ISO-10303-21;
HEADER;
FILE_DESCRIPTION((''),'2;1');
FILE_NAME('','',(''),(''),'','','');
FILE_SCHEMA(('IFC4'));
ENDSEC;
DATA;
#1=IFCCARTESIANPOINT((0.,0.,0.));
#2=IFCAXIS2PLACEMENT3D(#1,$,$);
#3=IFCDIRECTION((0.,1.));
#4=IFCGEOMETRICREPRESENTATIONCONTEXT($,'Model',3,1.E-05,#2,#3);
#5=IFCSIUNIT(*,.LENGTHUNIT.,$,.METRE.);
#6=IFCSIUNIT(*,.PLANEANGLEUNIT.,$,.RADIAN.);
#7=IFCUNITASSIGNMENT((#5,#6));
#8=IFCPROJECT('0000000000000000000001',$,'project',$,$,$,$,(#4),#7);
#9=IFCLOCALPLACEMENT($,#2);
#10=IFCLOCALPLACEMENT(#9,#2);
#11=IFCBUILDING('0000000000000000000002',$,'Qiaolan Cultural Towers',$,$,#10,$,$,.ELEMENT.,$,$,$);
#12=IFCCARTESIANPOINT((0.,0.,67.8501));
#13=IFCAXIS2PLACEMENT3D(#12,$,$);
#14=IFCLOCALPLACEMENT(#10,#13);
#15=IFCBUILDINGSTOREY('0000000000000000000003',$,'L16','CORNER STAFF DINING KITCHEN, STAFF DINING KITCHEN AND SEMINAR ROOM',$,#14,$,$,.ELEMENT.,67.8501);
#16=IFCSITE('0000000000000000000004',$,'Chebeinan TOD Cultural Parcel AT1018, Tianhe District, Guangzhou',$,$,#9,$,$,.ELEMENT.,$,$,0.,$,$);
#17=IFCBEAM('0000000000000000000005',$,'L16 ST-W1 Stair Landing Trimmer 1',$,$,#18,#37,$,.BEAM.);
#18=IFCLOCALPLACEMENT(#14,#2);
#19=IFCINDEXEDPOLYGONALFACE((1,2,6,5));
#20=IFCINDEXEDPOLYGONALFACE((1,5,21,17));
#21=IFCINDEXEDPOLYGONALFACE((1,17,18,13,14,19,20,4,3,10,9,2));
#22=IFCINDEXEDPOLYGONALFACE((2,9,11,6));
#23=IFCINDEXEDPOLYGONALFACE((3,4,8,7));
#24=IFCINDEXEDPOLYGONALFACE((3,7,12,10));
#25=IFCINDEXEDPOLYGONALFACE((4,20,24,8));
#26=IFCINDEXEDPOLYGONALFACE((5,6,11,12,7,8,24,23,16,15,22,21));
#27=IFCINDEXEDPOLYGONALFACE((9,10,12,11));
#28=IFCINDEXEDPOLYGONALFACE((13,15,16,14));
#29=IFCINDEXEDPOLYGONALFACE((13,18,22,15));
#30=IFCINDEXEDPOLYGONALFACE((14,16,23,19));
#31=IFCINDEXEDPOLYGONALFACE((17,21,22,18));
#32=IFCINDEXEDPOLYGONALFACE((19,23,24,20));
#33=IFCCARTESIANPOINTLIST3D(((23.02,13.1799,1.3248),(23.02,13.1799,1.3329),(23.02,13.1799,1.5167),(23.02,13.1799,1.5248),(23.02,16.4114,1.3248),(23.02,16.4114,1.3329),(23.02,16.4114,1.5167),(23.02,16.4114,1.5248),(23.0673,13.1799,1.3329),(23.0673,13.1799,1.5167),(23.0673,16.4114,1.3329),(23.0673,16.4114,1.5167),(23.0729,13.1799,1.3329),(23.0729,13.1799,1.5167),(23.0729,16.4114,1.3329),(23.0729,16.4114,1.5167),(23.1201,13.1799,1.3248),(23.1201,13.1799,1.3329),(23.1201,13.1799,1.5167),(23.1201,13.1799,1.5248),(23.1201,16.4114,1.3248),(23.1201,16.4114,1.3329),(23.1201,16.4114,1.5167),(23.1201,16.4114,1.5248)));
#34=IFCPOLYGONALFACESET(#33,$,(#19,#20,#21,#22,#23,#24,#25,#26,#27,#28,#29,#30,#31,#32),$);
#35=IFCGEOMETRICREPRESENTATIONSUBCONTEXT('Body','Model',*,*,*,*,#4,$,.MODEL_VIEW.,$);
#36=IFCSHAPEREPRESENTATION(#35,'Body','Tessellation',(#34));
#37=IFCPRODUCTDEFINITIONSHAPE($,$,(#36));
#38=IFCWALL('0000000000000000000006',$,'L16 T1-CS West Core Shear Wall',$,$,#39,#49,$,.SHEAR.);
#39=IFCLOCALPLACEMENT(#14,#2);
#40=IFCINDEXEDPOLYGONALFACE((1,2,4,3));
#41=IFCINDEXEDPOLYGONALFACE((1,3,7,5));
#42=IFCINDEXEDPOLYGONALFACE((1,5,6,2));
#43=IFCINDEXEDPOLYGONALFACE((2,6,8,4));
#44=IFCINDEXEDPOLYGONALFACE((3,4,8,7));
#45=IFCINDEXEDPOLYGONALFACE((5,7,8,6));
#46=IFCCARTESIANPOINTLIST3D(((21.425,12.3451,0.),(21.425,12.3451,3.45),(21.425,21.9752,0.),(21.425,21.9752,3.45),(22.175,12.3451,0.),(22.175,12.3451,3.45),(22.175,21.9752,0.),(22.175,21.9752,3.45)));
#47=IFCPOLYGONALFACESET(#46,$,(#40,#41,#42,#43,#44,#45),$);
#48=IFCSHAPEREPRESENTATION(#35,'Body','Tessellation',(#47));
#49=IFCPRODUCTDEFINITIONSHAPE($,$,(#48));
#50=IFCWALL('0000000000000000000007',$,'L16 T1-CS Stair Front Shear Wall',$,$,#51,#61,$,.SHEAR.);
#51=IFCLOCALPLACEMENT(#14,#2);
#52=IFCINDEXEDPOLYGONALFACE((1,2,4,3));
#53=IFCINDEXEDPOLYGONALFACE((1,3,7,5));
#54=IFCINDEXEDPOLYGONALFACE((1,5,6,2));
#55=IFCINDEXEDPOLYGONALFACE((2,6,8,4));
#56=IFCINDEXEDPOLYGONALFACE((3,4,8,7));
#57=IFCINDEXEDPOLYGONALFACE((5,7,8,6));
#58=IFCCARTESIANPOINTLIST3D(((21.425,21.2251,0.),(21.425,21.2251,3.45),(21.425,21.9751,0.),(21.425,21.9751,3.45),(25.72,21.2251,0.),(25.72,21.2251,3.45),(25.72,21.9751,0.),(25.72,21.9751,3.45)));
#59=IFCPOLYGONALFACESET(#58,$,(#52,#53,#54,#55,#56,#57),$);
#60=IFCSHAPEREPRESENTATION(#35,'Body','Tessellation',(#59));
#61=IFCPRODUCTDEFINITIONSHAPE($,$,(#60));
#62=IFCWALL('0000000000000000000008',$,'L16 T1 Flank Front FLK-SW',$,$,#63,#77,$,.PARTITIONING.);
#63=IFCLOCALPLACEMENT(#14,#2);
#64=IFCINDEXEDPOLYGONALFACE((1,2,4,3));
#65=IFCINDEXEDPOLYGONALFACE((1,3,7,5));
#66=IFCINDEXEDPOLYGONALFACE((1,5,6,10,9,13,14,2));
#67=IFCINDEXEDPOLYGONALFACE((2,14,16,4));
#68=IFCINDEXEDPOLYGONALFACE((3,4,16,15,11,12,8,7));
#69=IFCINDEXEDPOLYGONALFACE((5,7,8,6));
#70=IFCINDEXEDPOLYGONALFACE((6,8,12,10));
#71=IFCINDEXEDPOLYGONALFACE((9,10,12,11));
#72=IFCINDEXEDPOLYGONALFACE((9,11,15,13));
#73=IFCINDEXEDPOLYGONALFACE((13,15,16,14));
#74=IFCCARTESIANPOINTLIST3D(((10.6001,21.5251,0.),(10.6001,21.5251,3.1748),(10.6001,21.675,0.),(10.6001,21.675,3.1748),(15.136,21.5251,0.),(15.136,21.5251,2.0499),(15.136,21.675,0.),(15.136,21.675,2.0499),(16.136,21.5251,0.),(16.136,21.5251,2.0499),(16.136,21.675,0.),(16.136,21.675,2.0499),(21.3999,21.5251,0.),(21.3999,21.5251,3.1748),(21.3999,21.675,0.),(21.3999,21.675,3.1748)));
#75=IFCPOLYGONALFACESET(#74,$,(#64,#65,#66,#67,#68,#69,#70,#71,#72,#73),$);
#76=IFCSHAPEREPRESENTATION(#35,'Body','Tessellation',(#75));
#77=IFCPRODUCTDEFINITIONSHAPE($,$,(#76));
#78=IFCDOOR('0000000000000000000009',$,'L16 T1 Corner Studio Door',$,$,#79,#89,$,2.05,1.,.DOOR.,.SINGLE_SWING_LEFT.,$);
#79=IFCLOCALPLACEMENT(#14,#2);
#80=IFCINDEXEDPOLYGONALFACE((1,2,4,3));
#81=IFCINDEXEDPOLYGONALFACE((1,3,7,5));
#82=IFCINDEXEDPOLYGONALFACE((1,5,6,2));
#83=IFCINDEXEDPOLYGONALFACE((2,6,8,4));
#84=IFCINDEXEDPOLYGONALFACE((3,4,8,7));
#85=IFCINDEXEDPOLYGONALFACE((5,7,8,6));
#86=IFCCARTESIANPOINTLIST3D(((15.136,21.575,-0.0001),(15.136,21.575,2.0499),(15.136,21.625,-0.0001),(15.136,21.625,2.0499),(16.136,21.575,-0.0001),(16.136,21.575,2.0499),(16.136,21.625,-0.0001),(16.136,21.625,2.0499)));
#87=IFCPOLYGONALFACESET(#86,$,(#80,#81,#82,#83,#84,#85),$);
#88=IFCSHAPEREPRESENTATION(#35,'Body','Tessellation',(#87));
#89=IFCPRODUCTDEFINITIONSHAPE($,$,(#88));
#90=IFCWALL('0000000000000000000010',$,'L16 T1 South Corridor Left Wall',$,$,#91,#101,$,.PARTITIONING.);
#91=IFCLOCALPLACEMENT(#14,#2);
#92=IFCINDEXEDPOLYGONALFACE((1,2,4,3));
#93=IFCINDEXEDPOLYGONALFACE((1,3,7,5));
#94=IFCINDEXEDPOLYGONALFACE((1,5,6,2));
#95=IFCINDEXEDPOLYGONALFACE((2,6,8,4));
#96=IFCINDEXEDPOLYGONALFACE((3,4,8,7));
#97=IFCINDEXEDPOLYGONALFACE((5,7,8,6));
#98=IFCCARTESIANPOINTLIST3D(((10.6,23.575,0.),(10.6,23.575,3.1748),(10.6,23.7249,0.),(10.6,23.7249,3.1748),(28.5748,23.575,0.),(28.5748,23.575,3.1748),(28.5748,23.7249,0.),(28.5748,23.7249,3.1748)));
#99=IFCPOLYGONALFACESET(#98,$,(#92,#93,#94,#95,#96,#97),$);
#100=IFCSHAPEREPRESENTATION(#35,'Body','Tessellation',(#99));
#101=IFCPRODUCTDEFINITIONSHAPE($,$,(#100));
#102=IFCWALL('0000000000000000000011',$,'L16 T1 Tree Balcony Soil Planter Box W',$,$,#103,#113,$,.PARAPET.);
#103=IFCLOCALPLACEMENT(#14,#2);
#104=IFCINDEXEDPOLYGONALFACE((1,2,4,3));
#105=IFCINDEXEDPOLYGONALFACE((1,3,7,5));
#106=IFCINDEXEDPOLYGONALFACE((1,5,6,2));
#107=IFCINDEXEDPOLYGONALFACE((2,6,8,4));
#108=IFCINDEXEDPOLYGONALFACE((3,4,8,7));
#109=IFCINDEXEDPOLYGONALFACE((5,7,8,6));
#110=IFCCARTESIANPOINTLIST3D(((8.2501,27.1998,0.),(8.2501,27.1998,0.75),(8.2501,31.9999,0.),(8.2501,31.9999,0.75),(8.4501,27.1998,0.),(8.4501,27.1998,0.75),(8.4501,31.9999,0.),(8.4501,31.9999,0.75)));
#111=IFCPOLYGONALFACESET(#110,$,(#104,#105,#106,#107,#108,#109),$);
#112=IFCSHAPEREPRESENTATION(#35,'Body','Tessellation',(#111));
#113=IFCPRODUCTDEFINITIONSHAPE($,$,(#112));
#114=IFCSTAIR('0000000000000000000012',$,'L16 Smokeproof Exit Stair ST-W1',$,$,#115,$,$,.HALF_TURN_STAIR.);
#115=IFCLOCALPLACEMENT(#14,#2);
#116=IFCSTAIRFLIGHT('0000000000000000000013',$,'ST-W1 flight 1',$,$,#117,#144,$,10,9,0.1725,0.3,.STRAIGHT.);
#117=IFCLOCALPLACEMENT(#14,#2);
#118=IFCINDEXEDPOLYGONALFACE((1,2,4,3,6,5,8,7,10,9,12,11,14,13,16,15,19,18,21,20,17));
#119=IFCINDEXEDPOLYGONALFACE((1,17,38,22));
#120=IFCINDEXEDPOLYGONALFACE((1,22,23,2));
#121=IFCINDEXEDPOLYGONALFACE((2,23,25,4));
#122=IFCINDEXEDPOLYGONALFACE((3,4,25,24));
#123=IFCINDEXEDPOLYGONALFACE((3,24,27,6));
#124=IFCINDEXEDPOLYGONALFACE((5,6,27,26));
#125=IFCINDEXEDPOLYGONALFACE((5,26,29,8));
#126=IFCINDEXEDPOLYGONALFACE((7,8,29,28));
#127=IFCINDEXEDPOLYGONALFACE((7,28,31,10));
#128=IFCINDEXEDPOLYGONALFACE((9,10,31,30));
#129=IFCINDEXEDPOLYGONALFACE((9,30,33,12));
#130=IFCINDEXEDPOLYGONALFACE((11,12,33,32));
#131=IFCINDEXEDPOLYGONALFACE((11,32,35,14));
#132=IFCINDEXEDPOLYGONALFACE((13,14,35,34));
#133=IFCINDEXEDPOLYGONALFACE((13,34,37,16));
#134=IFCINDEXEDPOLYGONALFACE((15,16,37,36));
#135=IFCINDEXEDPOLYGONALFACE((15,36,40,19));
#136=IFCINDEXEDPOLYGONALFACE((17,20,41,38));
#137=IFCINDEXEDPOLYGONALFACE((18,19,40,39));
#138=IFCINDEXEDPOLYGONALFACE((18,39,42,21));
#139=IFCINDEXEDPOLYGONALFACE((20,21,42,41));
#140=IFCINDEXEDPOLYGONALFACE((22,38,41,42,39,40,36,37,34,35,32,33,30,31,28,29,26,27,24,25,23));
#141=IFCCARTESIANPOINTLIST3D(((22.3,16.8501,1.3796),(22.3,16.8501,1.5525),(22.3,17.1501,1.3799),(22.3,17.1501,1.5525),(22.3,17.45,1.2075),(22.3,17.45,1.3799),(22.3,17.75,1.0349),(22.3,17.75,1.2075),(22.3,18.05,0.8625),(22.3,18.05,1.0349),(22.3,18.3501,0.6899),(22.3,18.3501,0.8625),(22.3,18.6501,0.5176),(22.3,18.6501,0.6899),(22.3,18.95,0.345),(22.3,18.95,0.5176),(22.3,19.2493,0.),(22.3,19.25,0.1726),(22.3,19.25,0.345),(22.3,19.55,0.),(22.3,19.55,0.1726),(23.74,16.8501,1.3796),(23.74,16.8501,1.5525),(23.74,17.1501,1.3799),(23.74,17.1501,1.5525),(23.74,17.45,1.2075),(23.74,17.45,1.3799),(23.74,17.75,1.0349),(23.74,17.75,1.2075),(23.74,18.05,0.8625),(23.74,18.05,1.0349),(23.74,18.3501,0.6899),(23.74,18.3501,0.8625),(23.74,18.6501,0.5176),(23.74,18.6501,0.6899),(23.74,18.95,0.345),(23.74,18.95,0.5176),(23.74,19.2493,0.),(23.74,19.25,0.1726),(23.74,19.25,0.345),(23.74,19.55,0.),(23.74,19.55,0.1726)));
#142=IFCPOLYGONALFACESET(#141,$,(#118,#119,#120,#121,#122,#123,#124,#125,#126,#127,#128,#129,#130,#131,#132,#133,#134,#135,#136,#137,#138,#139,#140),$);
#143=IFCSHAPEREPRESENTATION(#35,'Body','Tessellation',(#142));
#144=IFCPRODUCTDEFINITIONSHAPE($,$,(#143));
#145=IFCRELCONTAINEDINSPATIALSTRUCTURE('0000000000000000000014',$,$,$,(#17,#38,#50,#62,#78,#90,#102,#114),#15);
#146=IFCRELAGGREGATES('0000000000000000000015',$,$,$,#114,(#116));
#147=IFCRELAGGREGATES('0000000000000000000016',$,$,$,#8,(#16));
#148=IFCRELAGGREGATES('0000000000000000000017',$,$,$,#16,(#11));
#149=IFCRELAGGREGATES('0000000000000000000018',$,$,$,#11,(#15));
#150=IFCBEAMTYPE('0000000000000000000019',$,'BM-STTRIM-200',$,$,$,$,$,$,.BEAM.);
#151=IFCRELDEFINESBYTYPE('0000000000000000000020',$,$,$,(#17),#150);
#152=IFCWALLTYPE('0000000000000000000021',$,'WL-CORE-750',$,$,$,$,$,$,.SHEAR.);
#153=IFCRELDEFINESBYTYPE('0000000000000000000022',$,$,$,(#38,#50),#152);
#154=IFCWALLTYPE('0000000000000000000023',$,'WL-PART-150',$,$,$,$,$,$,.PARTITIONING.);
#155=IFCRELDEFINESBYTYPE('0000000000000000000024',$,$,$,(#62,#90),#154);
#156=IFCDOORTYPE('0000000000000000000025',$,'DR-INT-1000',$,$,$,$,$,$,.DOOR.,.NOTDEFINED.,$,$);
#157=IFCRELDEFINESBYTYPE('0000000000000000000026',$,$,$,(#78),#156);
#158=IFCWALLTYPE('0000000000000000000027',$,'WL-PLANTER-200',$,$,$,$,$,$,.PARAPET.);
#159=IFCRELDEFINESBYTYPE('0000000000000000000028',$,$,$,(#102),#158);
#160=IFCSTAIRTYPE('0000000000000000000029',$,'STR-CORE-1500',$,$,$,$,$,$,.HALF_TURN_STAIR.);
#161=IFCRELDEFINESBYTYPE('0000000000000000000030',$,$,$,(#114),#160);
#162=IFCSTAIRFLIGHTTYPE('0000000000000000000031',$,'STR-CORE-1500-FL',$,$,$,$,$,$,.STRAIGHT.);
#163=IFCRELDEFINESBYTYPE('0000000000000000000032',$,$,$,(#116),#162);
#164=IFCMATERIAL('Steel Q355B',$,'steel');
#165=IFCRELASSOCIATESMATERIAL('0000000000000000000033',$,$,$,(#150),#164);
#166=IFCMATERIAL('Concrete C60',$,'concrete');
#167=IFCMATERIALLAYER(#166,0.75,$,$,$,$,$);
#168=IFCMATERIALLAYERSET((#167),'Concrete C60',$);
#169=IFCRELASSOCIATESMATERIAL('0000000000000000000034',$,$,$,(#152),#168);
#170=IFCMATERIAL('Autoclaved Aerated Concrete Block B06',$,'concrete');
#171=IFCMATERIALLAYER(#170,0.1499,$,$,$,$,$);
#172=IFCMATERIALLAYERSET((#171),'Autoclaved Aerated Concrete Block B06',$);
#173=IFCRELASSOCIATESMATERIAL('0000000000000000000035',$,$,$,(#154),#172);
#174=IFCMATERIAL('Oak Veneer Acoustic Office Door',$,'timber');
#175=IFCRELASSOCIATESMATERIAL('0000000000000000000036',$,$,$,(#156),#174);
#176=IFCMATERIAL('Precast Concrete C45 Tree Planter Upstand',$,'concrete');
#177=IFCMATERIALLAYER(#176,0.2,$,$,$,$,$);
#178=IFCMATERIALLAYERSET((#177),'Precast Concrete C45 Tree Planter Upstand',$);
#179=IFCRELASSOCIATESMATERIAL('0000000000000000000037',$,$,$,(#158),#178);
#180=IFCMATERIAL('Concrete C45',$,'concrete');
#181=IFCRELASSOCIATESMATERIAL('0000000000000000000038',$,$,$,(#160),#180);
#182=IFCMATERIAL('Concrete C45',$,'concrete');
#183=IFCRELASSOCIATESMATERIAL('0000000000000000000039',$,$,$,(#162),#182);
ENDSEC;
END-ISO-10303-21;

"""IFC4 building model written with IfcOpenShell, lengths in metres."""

from ifc_helpers import new_model, si_unit, direction, frame, frame_2d, origin, origin_2d, place, context, subcontext, project, spatial, polyline, rectangle, i_section, outline, extrude, material, layer, layer_set, material_profile, profile_set, type_object, element, fill, aggregate, save


model = new_model("IFC4")

# Units and contexts
model_context = context("Model", 3, precision=1e-05, world=origin(), true_north=direction((0.0, 1.0)))
body_context = subcontext(model_context, "Body", "Model", "MODEL_VIEW")
ifc_project = project(units=[si_unit("LENGTHUNIT", "METRE"), si_unit("PLANEANGLEUNIT", "RADIAN")], contexts=[model_context])

# Site, building, storey
site_placement = place(None, origin())
site = spatial("IfcSite", under=ifc_project, at=site_placement, Name="Chebeinan TOD Cultural Parcel AT1018, Tianhe District, Guangzhou", CompositionType="ELEMENT", RefElevation=0.0)
building_placement = place(site_placement, origin())
building = spatial("IfcBuilding", under=site, at=building_placement, Name="Qiaolan Cultural Towers", CompositionType="ELEMENT")
storey_placement = place(building_placement, frame((0.0, 0.0, 67.8501)))
storey = spatial("IfcBuildingStorey", under=building, at=storey_placement, Name="L16", Description="CORNER STAFF DINING KITCHEN, STAFF DINING KITCHEN AND SEMINAR ROOM", CompositionType="ELEMENT", Elevation=67.8501)

# Beam
ifc_material_1 = material(Name="Steel Q355B", Category="steel")
ifc_material_profile_1 = material_profile(ifc_material_1, i_section(OverallWidth=0.1001, OverallDepth=0.2, WebThickness=0.0056, FlangeThickness=0.0081, at=origin_2d()), Name="HN200x100x5.5x8")
ifc_profile_set_1 = profile_set([ifc_material_profile_1], Name="Steel Q355B")
beam_type_1 = type_object("IfcBeamType", Name="BM-STTRIM-200", PredefinedType="BEAM", material=ifc_profile_set_1)
beam_1_placement = place(storey_placement, frame((23.0701, 16.4114, 1.4248), z_axis=(0.0, -1.0, 0.0), x_axis=(1.0, 0.0, 0.0)))
element("IfcBeam", 1, at=beam_1_placement, inside=storey, type_object=beam_type_1, Name="L16 ST-W1 Stair Landing Trimmer 1", PredefinedType="BEAM", context=body_context, shape_type="SweptSolid", body=[
    extrude(i_section(OverallWidth=0.1001, OverallDepth=0.2, WebThickness=0.0056, FlangeThickness=0.0081, at=origin_2d()), origin(), (0.0, 0.0, 1.0), 3.2314),
])

# Walls
ifc_material_2 = material(Name="Concrete C60", Category="concrete")
ifc_layer_1 = layer(ifc_material_2, 0.75)
ifc_layer_set_1 = layer_set([ifc_layer_1], Name="Concrete C60")
wall_type_1 = type_object("IfcWallType", Name="WL-CORE-750", PredefinedType="SHEAR", material=ifc_layer_set_1)
wall_1_placement = place(storey_placement, frame((21.8, 21.9751, 0.0), z_axis=(0.0, 0.0, 1.0), x_axis=(0.0, -1.0, 0.0)))
element("IfcWall", 2, at=wall_1_placement, inside=storey, type_object=wall_type_1, Name="L16 T1-CS West Core Shear Wall", PredefinedType="SHEAR", context=body_context, shape_type="SweptSolid", body=[
    extrude(rectangle(XDim=9.6301, YDim=0.75, at=frame_2d((4.8149, 0.0))), origin(), (0.0, 0.0, 1.0), 3.45),
])
wall_2_placement = place(storey_placement, frame((21.425, 21.6001, 0.0), z_axis=(0.0, 0.0, 1.0), x_axis=(1.0, 0.0, 0.0)))
element("IfcWall", 3, at=wall_2_placement, inside=storey, type_object=wall_type_1, Name="L16 T1-CS Stair Front Shear Wall", PredefinedType="SHEAR", context=body_context, shape_type="SweptSolid", body=[
    extrude(rectangle(XDim=4.2949, YDim=0.75, at=frame_2d((2.1475, 0.0))), origin(), (0.0, 0.0, 1.0), 3.45),
])

# Wall, opening, door
ifc_material_3 = material(Name="Autoclaved Aerated Concrete Block B06", Category="concrete")
ifc_layer_2 = layer(ifc_material_3, 0.1499)
ifc_layer_set_2 = layer_set([ifc_layer_2], Name="Autoclaved Aerated Concrete Block B06")
wall_type_2 = type_object("IfcWallType", Name="WL-PART-150", PredefinedType="PARTITIONING", material=ifc_layer_set_2)
wall_3_placement = place(storey_placement, frame((10.6001, 21.6001, 0.0), z_axis=(0.0, 0.0, 1.0), x_axis=(1.0, 0.0, 0.0)))
wall_3 = element("IfcWall", 4, at=wall_3_placement, inside=storey, type_object=wall_type_2, Name="L16 T1 Flank Front FLK-SW", PredefinedType="PARTITIONING", context=body_context, shape_type="SweptSolid", body=[
    extrude(rectangle(XDim=10.7998, YDim=0.1499, at=frame_2d((5.3999, 0.0))), origin(), (0.0, 0.0, 1.0), 3.1748),
])
opening_placement = place(wall_3_placement, frame((4.5359, 0.0, 0.0)))
opening = element("IfcOpeningElement", 5, at=opening_placement, cuts=wall_3, PredefinedType="OPENING", context=body_context, shape_type="SweptSolid", body=[
    extrude(rectangle(XDim=1.0, YDim=2.05, at=frame_2d((0.5, 1.0249))), frame((0.0, 0.085, 0.0), z_axis=(0.0, -1.0, 0.0), x_axis=(1.0, 0.0, 0.0)), (0.0, 0.0, 1.0), 0.1699),
])
ifc_material_4 = material(Name="Oak Veneer Acoustic Office Door", Category="timber")
door_type = type_object("IfcDoorType", Name="DR-INT-1000", OperationType="NOTDEFINED", PredefinedType="DOOR", material=ifc_material_4)
door_placement = place(opening_placement, origin())
door = element("IfcDoor", 6, at=door_placement, inside=storey, type_object=door_type, Name="L16 T1 Corner Studio Door", OperationType="SINGLE_SWING_LEFT", OverallHeight=2.05, OverallWidth=1.0, PredefinedType="DOOR", context=body_context, shape_type="SweptSolid", body=[
    extrude(rectangle(XDim=1.0, YDim=2.05, at=frame_2d((0.5, 1.0249))), frame((0.0, 0.0249, 0.0), z_axis=(0.0, -1.0, 0.0), x_axis=(1.0, 0.0, 0.0)), (0.0, 0.0, 1.0), 0.05),
])
fill(opening, door)

# Walls
wall_4_placement = place(storey_placement, frame((10.6001, 23.6499, 0.0), z_axis=(0.0, 0.0, 1.0), x_axis=(1.0, 0.0, 0.0)))
element("IfcWall", 7, at=wall_4_placement, inside=storey, type_object=wall_type_2, Name="L16 T1 South Corridor Left Wall", PredefinedType="PARTITIONING", context=body_context, shape_type="SweptSolid", body=[
    extrude(rectangle(XDim=17.9749, YDim=0.1499, at=frame_2d((8.9873, 0.0))), origin(), (0.0, 0.0, 1.0), 3.1748),
])
ifc_material_5 = material(Name="Precast Concrete C45 Tree Planter Upstand", Category="concrete")
ifc_layer_3 = layer(ifc_material_5, 0.2)
ifc_layer_set_3 = layer_set([ifc_layer_3], Name="Precast Concrete C45 Tree Planter Upstand")
wall_type_3 = type_object("IfcWallType", Name="WL-PLANTER-200", PredefinedType="PARAPET", material=ifc_layer_set_3)
wall_5_placement = place(storey_placement, frame((8.3501, 27.2, 0.0), z_axis=(0.0, 0.0, 1.0), x_axis=(0.0, 1.0, 0.0)))
element("IfcWall", 8, at=wall_5_placement, inside=storey, type_object=wall_type_3, Name="L16 T1 Tree Balcony Soil Planter Box W", PredefinedType="PARAPET", context=body_context, shape_type="SweptSolid", body=[
    extrude(rectangle(XDim=4.8, YDim=0.2, at=frame_2d((2.3999, 0.0))), origin(), (0.0, 0.0, 1.0), 0.75),
])

# Stair, stair flight
ifc_material_6 = material(Name="Concrete C45", Category="concrete")
stair_type = type_object("IfcStairType", Name="STR-CORE-1500", PredefinedType="HALF_TURN_STAIR", material=ifc_material_6)
stair_placement = place(storey_placement, origin())
stair = element("IfcStair", 9, at=stair_placement, inside=storey, type_object=stair_type, Name="L16 Smokeproof Exit Stair ST-W1", PredefinedType="HALF_TURN_STAIR")
ifc_material_7 = material(Name="Concrete C45", Category="concrete")
stair_flight_type = type_object("IfcStairFlightType", Name="STR-CORE-1500-FL", PredefinedType="STRAIGHT", material=ifc_material_7)
stair_flight_placement = place(storey_placement, frame((23.02, 19.55, 0.0), z_axis=(0.0, 0.0, 1.0), x_axis=(0.0, -1.0, 0.0)))
stair_flight = element("IfcStairFlight", 10, at=stair_flight_placement, type_object=stair_flight_type, Name="ST-W1 flight 1", NumberOfRisers=10, NumberOfTreads=9, PredefinedType="STRAIGHT", RiserHeight=0.1725, TreadLength=0.3, context=body_context, shape_type="SweptSolid", body=[
    extrude(outline(polyline([(0.0, 0.0), (0.0, 0.1726), (0.3, 0.1726), (0.3, 0.345), (0.6001, 0.345), (0.6001, 0.5176), (0.8999, 0.5176), (0.8999, 0.6899), (1.2, 0.6899), (1.2, 0.8625), (1.5, 0.8625), (1.5, 1.0349), (1.8, 1.0349), (1.8, 1.2075), (2.1001, 1.2075), (2.1001, 1.3799), (2.3999, 1.3799), (2.3999, 1.5525), (2.7, 1.5525), (2.7, 1.7251), (2.7, 1.3796), (0.3008, 0.0), (0.0, 0.0)])), frame((0.0, 0.72, 0.0), z_axis=(0.0, -1.0, 0.0), x_axis=(1.0, 0.0, 0.0)), (0.0, 0.0, 1.0), 1.4399),
])
aggregate(stair, [stair_flight])

save(model, "model.ifc")
